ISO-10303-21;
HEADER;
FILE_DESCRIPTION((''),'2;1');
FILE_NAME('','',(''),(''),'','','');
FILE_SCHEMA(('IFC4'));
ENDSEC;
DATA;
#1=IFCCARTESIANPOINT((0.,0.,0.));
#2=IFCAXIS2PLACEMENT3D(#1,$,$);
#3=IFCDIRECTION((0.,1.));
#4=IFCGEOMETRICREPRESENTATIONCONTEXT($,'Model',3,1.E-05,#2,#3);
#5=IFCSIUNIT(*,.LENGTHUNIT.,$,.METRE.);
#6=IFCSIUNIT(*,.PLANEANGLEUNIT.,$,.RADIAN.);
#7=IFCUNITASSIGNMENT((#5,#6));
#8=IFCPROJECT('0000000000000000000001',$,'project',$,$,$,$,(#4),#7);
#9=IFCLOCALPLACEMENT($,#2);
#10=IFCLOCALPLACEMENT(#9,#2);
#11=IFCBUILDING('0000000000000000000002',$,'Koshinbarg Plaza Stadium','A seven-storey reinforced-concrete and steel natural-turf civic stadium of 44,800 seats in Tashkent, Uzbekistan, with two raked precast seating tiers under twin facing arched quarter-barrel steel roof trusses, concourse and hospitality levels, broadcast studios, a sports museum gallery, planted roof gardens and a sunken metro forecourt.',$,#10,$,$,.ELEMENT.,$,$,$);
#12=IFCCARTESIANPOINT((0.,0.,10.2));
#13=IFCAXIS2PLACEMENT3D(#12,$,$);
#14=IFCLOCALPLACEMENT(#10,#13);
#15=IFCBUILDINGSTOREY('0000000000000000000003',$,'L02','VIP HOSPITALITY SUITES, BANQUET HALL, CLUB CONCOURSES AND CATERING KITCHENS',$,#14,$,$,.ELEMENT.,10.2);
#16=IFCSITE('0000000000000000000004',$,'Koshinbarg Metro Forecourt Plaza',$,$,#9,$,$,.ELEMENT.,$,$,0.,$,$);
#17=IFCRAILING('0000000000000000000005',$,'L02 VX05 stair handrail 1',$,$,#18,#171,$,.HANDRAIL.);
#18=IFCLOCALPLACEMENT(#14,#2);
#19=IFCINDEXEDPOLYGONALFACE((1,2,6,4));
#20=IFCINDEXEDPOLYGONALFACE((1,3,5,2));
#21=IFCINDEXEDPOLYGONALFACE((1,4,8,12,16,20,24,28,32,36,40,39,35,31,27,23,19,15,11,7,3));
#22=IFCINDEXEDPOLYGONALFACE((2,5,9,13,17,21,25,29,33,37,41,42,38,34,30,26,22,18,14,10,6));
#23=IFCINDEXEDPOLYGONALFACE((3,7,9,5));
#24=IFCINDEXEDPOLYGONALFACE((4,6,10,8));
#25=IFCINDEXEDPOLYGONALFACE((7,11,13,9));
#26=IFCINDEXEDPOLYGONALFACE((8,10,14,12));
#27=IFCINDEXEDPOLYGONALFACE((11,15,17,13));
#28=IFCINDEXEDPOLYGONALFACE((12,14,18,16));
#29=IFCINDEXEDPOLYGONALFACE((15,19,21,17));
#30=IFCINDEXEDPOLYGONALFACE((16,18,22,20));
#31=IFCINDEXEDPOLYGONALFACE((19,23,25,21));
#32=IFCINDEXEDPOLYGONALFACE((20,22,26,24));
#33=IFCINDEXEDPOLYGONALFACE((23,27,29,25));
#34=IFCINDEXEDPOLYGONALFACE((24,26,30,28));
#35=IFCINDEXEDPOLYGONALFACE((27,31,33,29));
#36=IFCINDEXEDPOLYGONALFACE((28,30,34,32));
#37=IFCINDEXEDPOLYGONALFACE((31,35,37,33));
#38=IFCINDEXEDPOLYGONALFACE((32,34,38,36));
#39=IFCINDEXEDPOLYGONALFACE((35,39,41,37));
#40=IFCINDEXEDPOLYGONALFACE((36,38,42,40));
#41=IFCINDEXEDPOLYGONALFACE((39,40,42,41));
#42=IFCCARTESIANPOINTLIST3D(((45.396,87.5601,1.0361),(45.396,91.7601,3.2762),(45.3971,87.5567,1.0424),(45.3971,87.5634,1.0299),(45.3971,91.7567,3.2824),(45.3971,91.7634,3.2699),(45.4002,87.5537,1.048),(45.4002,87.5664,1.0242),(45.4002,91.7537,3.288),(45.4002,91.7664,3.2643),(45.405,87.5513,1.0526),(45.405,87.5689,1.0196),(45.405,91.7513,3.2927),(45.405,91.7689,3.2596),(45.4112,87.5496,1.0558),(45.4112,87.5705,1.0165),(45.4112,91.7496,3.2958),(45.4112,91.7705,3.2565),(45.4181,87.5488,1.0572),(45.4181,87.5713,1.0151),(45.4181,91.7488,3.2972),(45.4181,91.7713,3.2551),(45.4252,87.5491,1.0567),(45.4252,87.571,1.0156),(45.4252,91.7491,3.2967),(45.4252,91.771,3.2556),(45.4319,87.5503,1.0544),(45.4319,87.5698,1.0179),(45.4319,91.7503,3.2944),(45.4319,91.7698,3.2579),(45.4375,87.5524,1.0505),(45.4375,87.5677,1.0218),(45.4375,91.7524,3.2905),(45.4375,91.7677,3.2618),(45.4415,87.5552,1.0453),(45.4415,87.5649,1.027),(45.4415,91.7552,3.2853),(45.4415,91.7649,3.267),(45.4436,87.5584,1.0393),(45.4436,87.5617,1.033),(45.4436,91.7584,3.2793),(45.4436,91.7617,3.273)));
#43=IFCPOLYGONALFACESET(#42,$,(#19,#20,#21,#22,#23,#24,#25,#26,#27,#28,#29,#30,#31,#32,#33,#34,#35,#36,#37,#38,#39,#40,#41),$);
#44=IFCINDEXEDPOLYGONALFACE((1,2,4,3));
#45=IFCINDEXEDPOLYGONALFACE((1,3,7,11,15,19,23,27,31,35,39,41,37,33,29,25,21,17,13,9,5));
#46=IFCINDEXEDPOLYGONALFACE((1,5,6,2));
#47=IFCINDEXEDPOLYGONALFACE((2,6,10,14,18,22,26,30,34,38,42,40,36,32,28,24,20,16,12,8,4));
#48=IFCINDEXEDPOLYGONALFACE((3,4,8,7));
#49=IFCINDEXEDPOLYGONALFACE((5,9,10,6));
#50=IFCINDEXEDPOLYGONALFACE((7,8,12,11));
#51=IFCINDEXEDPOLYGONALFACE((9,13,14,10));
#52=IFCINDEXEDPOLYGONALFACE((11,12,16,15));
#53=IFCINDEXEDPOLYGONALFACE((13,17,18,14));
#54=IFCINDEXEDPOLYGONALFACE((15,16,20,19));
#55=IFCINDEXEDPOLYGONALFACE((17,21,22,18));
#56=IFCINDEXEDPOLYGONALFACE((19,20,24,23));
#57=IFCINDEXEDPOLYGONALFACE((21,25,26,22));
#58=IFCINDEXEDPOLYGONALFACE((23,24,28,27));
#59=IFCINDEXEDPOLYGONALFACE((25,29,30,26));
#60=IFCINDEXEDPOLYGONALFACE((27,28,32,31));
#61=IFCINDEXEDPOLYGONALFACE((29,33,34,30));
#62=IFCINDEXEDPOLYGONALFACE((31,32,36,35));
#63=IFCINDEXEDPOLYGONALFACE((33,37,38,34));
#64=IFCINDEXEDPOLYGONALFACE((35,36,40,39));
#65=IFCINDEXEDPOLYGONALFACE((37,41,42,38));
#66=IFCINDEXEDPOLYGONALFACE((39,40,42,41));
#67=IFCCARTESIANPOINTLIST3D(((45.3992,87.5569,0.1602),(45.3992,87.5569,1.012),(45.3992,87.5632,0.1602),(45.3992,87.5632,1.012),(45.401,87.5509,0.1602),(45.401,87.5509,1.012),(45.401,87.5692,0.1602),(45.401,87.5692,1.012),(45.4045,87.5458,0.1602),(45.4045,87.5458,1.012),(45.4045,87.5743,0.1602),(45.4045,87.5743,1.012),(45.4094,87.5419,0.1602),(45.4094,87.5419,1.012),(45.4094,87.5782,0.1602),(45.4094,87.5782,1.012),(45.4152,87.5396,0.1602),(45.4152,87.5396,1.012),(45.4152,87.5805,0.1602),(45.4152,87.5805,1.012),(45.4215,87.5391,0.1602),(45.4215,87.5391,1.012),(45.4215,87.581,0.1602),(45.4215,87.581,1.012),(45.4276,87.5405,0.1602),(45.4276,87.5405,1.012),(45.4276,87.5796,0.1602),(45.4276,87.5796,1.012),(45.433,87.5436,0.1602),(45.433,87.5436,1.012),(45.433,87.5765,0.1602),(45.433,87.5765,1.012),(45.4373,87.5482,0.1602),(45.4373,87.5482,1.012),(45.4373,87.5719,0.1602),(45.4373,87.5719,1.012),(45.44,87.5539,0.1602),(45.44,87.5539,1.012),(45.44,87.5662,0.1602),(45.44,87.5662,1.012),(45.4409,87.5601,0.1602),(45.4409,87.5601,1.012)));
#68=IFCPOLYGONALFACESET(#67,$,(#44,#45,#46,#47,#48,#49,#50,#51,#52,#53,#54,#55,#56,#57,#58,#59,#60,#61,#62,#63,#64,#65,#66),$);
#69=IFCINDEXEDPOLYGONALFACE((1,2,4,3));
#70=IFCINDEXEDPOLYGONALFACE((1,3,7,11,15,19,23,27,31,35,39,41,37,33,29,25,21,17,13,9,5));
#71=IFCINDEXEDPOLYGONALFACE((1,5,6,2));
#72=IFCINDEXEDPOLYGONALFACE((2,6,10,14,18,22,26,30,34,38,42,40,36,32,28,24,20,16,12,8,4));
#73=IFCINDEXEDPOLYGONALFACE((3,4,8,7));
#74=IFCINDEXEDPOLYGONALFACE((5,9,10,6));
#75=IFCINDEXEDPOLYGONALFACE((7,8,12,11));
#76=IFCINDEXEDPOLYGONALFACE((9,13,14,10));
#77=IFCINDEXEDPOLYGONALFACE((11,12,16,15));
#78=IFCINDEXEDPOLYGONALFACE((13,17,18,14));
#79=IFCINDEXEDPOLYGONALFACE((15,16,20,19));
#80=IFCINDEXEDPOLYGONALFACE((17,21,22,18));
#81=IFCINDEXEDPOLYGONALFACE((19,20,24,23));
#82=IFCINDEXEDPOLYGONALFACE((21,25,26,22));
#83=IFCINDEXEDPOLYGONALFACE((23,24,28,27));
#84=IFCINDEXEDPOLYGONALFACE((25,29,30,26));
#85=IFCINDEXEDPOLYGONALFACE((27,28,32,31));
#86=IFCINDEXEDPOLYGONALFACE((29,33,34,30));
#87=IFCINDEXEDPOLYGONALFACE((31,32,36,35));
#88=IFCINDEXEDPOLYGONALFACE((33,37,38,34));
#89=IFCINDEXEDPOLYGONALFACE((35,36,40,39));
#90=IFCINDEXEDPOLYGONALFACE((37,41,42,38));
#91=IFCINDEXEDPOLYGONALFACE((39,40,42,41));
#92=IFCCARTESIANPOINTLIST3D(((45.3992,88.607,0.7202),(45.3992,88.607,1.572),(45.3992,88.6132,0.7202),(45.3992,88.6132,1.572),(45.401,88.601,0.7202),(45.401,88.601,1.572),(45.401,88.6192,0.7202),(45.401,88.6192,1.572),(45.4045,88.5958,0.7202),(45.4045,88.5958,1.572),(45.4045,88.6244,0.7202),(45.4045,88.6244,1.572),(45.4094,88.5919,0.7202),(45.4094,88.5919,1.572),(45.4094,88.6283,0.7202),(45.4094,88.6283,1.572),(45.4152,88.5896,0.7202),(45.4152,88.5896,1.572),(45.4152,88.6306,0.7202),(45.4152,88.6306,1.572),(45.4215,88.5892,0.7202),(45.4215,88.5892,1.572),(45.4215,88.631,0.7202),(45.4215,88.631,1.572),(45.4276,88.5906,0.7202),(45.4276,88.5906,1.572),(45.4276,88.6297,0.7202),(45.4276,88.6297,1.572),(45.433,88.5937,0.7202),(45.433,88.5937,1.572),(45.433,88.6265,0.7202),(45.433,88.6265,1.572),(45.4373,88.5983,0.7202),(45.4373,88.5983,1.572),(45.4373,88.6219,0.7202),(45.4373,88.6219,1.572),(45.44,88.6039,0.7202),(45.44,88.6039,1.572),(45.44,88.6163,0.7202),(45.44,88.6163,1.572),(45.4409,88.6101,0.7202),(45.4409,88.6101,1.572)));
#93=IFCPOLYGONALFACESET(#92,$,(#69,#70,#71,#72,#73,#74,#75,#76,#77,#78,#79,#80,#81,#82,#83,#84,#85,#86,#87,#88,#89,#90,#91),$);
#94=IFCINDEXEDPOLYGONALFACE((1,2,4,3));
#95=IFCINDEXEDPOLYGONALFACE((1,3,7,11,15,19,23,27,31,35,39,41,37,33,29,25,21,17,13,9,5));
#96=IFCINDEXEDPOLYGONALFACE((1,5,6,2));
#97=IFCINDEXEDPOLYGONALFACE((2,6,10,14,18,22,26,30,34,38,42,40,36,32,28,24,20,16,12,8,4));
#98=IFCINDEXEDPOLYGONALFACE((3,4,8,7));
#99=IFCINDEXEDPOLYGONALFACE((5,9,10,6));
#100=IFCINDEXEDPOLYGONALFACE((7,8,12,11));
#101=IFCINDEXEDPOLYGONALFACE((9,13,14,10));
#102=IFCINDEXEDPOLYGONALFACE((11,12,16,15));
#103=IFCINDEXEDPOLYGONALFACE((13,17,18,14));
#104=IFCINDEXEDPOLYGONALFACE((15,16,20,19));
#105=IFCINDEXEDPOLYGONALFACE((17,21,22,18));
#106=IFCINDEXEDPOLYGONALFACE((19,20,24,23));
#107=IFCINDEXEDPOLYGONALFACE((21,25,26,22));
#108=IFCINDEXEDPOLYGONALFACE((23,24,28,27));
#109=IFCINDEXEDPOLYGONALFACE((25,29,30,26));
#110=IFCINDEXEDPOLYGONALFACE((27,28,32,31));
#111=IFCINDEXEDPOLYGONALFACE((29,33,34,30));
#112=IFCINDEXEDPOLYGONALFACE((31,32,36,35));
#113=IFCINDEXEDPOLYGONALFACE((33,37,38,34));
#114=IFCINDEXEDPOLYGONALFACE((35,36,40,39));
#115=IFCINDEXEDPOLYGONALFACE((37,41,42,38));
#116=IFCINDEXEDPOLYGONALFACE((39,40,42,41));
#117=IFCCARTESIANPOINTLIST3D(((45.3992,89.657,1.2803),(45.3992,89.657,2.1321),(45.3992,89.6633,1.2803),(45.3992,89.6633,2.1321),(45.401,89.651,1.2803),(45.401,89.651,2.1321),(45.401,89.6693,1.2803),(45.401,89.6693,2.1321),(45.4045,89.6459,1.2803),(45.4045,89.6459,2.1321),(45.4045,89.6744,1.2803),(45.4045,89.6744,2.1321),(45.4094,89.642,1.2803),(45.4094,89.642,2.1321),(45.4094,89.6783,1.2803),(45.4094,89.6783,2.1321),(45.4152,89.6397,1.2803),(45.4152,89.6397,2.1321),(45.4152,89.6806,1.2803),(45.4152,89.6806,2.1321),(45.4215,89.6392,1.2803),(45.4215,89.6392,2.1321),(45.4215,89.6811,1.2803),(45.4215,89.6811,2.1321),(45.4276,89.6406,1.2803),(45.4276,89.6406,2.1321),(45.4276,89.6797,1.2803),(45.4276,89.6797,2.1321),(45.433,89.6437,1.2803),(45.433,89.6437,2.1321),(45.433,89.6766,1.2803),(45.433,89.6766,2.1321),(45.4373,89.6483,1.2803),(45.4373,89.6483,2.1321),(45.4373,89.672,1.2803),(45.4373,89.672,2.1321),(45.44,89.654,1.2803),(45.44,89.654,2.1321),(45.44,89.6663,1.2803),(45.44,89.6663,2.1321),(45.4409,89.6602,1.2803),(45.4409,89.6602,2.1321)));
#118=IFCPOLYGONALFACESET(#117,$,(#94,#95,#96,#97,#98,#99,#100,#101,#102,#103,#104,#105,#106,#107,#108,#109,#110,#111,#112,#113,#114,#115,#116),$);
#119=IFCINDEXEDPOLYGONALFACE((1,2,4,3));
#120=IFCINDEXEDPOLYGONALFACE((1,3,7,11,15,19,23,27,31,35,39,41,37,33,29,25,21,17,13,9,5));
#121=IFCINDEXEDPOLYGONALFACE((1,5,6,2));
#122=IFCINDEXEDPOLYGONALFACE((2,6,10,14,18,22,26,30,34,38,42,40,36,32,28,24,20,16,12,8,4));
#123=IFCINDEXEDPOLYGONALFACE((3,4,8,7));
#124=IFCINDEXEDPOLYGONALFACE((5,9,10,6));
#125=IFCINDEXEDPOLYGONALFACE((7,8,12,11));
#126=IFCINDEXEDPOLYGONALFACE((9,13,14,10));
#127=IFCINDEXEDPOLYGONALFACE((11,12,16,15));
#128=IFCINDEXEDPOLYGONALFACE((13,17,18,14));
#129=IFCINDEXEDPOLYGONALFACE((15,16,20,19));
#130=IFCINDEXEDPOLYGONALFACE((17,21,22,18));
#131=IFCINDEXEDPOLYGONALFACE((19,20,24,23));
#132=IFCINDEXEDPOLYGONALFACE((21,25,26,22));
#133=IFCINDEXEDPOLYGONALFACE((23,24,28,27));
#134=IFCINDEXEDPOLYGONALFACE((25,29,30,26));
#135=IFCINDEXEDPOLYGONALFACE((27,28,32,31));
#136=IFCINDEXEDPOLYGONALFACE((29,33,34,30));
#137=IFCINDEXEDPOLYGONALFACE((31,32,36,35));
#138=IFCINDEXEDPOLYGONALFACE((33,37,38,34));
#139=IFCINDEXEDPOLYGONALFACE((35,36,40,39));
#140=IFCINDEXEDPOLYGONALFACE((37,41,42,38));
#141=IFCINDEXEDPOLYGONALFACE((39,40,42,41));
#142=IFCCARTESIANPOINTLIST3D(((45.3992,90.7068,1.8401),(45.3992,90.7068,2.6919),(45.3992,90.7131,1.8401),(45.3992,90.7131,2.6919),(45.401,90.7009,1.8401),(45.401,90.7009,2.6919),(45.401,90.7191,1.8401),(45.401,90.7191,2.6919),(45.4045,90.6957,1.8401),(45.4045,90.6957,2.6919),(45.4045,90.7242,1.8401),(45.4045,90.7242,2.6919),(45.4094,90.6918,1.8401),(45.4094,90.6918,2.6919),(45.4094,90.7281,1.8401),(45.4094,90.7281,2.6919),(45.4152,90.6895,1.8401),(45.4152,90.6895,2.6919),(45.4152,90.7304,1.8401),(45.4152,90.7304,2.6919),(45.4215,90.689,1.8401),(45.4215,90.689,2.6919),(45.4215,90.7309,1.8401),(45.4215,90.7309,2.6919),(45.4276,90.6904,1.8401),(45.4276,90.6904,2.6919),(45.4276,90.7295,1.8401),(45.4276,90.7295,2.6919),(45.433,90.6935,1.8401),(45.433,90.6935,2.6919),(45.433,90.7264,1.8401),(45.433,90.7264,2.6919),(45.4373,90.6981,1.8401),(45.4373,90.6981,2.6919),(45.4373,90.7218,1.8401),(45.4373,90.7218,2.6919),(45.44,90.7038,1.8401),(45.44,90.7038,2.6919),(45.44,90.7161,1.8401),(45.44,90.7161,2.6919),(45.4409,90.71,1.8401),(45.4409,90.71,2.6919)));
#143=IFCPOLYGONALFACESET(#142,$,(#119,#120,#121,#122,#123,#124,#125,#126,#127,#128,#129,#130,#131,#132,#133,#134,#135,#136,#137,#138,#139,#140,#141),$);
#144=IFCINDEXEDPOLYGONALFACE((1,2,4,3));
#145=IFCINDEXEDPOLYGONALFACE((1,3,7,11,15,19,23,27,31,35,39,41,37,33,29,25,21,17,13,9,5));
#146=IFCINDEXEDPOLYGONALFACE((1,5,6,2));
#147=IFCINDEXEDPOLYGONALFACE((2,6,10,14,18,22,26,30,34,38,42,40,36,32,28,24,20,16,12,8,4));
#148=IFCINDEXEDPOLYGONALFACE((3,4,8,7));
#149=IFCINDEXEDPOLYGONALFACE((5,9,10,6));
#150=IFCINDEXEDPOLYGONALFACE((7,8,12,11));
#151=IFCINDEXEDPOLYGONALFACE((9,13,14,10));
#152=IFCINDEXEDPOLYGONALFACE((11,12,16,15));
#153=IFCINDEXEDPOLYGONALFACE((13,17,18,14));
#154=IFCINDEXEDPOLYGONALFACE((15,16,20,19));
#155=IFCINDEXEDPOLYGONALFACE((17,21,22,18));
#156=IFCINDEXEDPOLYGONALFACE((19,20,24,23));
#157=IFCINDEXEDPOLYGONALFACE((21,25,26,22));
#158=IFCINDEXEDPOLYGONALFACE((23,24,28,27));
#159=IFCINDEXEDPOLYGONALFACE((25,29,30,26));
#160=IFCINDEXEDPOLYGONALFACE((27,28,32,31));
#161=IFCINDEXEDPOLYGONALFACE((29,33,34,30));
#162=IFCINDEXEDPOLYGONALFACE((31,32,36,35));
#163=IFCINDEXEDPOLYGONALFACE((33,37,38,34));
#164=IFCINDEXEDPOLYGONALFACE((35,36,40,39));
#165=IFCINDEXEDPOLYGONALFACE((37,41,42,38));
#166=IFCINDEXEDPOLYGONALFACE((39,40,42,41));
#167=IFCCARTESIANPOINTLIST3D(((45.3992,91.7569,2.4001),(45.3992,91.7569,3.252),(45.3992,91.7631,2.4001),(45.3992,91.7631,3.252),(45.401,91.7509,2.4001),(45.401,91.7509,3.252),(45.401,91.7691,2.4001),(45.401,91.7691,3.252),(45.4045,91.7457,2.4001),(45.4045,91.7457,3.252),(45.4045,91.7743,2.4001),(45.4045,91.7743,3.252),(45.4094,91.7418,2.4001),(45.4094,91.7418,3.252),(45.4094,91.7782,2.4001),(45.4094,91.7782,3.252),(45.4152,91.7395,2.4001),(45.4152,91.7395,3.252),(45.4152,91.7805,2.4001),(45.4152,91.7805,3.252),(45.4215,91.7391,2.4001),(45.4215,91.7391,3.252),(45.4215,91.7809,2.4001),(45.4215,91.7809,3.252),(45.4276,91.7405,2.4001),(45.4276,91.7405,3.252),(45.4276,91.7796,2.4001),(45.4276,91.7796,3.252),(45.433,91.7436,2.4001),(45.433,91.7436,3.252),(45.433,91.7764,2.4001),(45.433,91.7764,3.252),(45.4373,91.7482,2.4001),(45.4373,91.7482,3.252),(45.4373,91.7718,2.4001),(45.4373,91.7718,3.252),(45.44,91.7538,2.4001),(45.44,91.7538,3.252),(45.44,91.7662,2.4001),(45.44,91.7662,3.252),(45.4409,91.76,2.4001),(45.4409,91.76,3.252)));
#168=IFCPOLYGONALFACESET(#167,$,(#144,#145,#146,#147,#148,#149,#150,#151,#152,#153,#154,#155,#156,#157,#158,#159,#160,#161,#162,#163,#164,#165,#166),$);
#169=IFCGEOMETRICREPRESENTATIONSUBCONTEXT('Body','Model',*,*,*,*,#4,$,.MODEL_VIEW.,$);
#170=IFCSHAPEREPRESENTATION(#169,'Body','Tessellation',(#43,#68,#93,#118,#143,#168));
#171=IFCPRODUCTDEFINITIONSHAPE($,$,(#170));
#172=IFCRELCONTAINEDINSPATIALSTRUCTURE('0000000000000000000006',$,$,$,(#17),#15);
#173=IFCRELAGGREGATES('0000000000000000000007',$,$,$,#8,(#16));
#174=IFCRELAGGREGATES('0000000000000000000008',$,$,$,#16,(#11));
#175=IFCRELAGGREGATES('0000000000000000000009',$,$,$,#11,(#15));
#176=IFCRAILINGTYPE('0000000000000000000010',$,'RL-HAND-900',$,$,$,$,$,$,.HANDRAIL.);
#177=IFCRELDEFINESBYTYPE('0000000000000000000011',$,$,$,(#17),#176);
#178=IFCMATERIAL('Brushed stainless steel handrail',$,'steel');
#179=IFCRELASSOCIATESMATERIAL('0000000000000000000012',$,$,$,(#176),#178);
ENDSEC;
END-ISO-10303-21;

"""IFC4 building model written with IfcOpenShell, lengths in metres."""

from ifc_helpers import new_model, si_unit, direction, frame, origin, origin_2d, place, context, subcontext, project, spatial, circle, extrude, material, type_object, element, save


model = new_model("IFC4")

# Units and contexts
model_context = context("Model", 3, precision=1e-05, world=origin(), true_north=direction((0.0, 1.0)))
body_context = subcontext(model_context, "Body", "Model", "MODEL_VIEW")
ifc_project = project(units=[si_unit("LENGTHUNIT", "METRE"), si_unit("PLANEANGLEUNIT", "RADIAN")], contexts=[model_context])

# Site, building, storey
site_placement = place(None, origin())
site = spatial("IfcSite", under=ifc_project, at=site_placement, Name="Koshinbarg Metro Forecourt Plaza", CompositionType="ELEMENT", RefElevation=0.0)
building_placement = place(site_placement, origin())
building = spatial("IfcBuilding", under=site, at=building_placement, Name="Koshinbarg Plaza Stadium", Description="A seven-storey reinforced-concrete and steel natural-turf civic stadium of 44,800 seats in Tashkent, Uzbekistan, with two raked precast seating tiers under twin facing arched quarter-barrel steel roof trusses, concourse and hospitality levels, broadcast studios, a sports museum gallery, planted roof gardens and a sunken metro forecourt.", CompositionType="ELEMENT")
storey_placement = place(building_placement, frame((0.0, 0.0, 10.2)))
storey = spatial("IfcBuildingStorey", under=building, at=storey_placement, Name="L02", Description="VIP HOSPITALITY SUITES, BANQUET HALL, CLUB CONCOURSES AND CATERING KITCHENS", CompositionType="ELEMENT", Elevation=10.2)

# Railing
ifc_material_1 = material(Name="Brushed stainless steel handrail", Category="steel")
railing_type_1 = type_object("IfcRailingType", Name="RL-HAND-900", PredefinedType="HANDRAIL", material=ifc_material_1)
railing_1_placement = place(storey_placement, frame((45.4199, 87.5601, 0.1602)))
element("IfcRailing", 1, at=railing_1_placement, inside=storey, type_object=railing_type_1, Name="L02 VX05 stair handrail 1", PredefinedType="HANDRAIL", context=body_context, shape_type="SweptSolid", body=[
    extrude(circle(Radius=0.0239, at=origin_2d()), frame((0.0, 0.0, 0.876), z_axis=(0.0, 0.882352, 0.470591), x_axis=(-1.0, 0.0, 0.0)), (0.0, 0.0, 1.0), 4.76),
    extrude(circle(Radius=0.021, at=origin_2d()), origin(), (0.0, 0.0, 1.0), 0.8518),
    extrude(circle(Radius=0.021, at=origin_2d()), frame((0.0, 1.05, 0.5601)), (0.0, 0.0, 1.0), 0.8518),
    extrude(circle(Radius=0.021, at=origin_2d()), frame((0.0, 2.1001, 1.1201)), (0.0, 0.0, 1.0), 0.8518),
    extrude(circle(Radius=0.021, at=origin_2d()), frame((0.0, 3.1499, 1.6799)), (0.0, 0.0, 1.0), 0.8518),
    extrude(circle(Radius=0.021, at=origin_2d()), frame((0.0, 4.2, 2.24)), (0.0, 0.0, 1.0), 0.8518),
])

save(model, "model.ifc")
